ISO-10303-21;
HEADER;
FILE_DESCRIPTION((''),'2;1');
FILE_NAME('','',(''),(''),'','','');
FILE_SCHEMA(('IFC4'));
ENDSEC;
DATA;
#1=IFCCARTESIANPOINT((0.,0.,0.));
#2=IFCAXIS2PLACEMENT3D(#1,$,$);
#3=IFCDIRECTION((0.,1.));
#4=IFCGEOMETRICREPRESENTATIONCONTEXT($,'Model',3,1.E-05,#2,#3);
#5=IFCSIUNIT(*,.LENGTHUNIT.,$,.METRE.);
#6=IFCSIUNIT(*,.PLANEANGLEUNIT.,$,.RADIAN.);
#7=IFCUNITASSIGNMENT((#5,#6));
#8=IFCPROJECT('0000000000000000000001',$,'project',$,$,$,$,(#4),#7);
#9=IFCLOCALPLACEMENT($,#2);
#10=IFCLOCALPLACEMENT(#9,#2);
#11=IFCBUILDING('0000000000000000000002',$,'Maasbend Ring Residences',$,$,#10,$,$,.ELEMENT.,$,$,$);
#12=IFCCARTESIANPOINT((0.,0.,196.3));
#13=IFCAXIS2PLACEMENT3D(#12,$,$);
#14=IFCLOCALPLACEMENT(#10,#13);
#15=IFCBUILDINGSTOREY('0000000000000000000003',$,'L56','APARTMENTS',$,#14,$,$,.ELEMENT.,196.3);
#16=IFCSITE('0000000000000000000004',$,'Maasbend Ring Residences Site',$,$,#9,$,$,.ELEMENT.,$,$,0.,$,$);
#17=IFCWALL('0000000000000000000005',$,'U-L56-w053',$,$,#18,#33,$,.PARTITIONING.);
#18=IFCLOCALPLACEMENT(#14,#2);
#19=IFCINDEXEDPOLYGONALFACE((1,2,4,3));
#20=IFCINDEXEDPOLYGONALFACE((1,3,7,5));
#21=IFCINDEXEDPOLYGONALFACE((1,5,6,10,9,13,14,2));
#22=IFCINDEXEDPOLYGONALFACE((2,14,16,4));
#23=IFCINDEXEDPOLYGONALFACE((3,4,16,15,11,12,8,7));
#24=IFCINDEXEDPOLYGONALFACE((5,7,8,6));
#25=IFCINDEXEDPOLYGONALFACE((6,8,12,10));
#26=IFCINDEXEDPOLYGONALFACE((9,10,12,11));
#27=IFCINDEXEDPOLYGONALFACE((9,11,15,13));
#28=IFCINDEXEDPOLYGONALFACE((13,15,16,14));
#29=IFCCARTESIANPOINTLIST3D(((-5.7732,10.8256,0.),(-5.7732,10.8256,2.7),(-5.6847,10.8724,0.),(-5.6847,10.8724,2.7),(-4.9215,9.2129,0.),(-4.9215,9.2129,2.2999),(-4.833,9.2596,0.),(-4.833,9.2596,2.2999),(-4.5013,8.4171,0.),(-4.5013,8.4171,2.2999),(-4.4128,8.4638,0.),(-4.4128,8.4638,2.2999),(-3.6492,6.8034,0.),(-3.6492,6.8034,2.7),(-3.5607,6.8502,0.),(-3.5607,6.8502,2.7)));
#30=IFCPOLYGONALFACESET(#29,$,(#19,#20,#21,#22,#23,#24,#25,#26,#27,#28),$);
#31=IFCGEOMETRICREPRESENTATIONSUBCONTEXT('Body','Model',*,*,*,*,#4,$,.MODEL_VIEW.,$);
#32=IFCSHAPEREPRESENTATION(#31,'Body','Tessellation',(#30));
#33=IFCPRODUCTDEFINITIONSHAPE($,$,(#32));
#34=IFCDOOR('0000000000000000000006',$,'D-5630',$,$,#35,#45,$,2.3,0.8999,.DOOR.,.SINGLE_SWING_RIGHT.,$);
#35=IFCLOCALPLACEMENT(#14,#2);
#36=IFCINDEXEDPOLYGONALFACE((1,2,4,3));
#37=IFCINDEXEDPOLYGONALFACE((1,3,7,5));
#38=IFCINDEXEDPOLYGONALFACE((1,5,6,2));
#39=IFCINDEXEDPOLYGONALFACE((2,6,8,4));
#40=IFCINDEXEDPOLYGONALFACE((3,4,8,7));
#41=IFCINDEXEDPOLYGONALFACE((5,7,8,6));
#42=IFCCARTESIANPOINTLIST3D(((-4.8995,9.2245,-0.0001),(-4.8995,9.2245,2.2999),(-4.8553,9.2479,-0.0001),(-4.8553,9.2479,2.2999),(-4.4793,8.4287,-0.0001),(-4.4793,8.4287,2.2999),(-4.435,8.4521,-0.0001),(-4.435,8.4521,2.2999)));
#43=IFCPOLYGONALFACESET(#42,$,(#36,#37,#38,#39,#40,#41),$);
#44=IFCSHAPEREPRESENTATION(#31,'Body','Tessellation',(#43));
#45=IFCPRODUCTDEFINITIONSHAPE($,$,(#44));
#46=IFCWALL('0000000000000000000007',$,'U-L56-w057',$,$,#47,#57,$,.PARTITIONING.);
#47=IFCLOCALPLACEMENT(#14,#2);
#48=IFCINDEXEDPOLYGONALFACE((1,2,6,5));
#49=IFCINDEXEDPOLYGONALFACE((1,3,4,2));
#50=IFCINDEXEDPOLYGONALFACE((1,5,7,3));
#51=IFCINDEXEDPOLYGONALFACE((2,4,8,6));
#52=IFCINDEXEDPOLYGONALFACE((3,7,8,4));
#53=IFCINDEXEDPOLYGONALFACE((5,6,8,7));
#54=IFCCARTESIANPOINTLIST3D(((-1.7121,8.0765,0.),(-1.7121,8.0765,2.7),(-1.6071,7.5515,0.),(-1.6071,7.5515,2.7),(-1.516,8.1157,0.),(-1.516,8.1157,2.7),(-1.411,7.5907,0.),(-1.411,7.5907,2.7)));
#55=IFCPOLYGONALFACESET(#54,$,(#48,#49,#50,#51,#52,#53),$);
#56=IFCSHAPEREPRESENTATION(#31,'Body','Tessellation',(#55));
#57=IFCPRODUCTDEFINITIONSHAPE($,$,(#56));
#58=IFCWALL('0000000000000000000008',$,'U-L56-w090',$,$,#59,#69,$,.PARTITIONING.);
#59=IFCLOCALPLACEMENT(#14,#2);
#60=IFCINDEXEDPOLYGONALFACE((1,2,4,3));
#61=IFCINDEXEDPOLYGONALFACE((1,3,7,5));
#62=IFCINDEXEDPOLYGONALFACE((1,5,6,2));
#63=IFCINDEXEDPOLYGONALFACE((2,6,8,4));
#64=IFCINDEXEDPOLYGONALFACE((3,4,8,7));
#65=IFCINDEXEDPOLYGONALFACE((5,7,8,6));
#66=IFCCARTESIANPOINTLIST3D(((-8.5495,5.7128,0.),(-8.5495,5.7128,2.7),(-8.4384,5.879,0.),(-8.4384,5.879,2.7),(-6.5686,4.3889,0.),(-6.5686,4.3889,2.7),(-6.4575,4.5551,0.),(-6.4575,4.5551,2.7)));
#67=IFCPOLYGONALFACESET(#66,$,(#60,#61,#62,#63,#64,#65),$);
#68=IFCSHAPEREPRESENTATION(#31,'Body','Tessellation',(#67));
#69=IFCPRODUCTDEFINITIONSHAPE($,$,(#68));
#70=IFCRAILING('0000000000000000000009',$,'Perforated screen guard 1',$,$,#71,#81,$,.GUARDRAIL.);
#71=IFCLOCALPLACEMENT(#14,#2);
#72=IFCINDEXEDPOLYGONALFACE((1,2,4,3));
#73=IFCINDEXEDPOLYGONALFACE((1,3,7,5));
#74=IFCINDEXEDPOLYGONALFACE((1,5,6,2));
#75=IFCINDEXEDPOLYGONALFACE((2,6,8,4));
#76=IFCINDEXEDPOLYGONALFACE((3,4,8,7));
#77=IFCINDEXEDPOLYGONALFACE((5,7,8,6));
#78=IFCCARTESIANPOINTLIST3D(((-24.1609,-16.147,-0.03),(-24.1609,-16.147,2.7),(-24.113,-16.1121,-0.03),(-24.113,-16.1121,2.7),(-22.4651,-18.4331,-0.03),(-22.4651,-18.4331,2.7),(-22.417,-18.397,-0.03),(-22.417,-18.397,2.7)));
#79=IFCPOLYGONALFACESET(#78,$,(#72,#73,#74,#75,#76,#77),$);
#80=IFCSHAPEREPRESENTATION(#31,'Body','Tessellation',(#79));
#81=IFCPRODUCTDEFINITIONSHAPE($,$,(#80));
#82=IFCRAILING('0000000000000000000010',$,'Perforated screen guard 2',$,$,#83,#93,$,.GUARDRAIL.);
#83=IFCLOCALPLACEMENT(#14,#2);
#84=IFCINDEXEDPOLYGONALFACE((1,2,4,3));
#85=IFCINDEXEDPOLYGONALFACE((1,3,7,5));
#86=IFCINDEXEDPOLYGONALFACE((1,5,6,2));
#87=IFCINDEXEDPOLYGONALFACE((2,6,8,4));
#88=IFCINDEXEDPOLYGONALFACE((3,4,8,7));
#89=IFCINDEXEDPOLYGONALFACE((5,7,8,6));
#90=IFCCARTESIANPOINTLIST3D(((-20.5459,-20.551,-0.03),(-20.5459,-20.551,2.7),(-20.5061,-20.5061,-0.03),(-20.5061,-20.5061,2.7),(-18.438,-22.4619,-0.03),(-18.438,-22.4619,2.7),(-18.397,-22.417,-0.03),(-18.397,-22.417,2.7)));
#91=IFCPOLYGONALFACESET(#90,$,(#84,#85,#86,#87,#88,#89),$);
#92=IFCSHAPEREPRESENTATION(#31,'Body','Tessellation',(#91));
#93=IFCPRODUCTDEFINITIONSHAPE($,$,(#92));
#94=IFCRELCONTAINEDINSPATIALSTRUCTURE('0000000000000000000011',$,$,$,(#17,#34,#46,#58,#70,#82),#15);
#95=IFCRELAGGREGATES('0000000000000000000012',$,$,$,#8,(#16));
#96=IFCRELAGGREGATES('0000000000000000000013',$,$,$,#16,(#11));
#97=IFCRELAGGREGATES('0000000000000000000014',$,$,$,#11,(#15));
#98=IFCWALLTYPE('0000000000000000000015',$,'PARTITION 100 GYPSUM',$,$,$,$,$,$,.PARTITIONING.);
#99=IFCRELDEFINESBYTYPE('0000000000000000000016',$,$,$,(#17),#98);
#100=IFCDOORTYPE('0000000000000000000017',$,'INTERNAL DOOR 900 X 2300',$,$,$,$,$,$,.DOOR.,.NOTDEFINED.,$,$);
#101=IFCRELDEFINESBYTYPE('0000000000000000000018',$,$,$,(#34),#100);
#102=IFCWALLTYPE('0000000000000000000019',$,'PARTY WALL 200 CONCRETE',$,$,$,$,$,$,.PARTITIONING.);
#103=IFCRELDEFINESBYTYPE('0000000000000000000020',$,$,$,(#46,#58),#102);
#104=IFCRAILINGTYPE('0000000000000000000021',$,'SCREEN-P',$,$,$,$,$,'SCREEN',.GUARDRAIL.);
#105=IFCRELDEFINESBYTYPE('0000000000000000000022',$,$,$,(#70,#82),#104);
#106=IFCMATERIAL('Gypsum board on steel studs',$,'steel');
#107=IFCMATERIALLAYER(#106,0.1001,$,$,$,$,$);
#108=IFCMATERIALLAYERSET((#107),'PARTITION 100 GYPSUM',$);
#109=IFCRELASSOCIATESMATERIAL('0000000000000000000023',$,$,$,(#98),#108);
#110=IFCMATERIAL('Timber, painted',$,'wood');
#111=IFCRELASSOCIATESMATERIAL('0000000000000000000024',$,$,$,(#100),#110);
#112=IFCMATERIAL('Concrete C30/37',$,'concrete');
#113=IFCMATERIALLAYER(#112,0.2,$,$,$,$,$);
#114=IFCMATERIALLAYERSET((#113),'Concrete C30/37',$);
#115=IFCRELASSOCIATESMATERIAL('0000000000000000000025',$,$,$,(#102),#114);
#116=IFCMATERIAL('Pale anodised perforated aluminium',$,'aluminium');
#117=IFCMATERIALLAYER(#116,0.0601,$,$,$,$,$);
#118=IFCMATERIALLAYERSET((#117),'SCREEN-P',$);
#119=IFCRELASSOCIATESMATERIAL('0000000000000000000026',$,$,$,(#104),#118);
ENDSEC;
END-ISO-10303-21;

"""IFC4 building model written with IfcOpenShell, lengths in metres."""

from ifc_helpers import new_model, si_unit, direction, frame, frame_2d, origin, place, context, subcontext, project, spatial, polyline, rectangle, outline, extrude, material, layer, layer_set, type_object, element, fill, save


model = new_model("IFC4")

# Units and contexts
model_context = context("Model", 3, precision=1e-05, world=origin(), true_north=direction((0.0, 1.0)))
body_context = subcontext(model_context, "Body", "Model", "MODEL_VIEW")
ifc_project = project(units=[si_unit("LENGTHUNIT", "METRE"), si_unit("PLANEANGLEUNIT", "RADIAN")], contexts=[model_context])

# Site, building, storey
site_placement = place(None, origin())
site = spatial("IfcSite", under=ifc_project, at=site_placement, Name="Maasbend Ring Residences Site", CompositionType="ELEMENT", RefElevation=0.0)
building_placement = place(site_placement, origin())
building = spatial("IfcBuilding", under=site, at=building_placement, Name="Maasbend Ring Residences", CompositionType="ELEMENT")
storey_placement = place(building_placement, frame((0.0, 0.0, 196.3)))
storey = spatial("IfcBuildingStorey", under=building, at=storey_placement, Name="L56", Description="APARTMENTS", CompositionType="ELEMENT", Elevation=196.3)

# Wall, opening, door
ifc_material_1 = material(Name="Gypsum board on steel studs", Category="steel")
ifc_layer_1 = layer(ifc_material_1, 0.1001)
ifc_layer_set_1 = layer_set([ifc_layer_1], Name="PARTITION 100 GYPSUM")
wall_type_1 = type_object("IfcWallType", Name="PARTITION 100 GYPSUM", PredefinedType="PARTITIONING", material=ifc_layer_set_1)
wall_1_placement = place(storey_placement, frame((-5.729, 10.8491, 0.0), z_axis=(0.0, 0.0, 1.0), x_axis=(0.466963, -0.884277, 0.0)))
wall_1 = element("IfcWall", 1, at=wall_1_placement, inside=storey, type_object=wall_type_1, Name="U-L56-w053", PredefinedType="PARTITIONING", context=body_context, shape_type="SweptSolid", body=[
    extrude(rectangle(XDim=4.5486, YDim=0.1001, at=frame_2d((2.2744, 0.0))), origin(), (0.0, 0.0, 1.0), 2.7),
])
opening_placement = place(wall_1_placement, frame((1.824, 0.0, 0.0)))
opening = element("IfcOpeningElement", 2, at=opening_placement, cuts=wall_1, PredefinedType="OPENING", context=body_context, shape_type="SweptSolid", body=[
    extrude(rectangle(XDim=0.8999, YDim=2.3, at=frame_2d((0.45, 1.1499))), frame((0.0, 0.0601, 0.0), z_axis=(0.0, -1.0, 0.0), x_axis=(1.0, 0.0, 0.0)), (0.0, 0.0, 1.0), 0.1201),
])
ifc_material_2 = material(Name="Timber, painted", Category="wood")
door_type = type_object("IfcDoorType", Name="INTERNAL DOOR 900 X 2300", OperationType="NOTDEFINED", PredefinedType="DOOR", material=ifc_material_2)
door_placement = place(opening_placement, origin())
door = element("IfcDoor", 3, at=door_placement, inside=storey, type_object=door_type, Name="D-5630", OperationType="SINGLE_SWING_RIGHT", OverallHeight=2.3, OverallWidth=0.8999, PredefinedType="DOOR", context=body_context, shape_type="SweptSolid", body=[
    extrude(rectangle(XDim=0.8999, YDim=2.3, at=frame_2d((0.45, 1.1499))), frame((0.0, 0.0249, 0.0), z_axis=(0.0, -1.0, 0.0), x_axis=(1.0, 0.0, 0.0)), (0.0, 0.0, 1.0), 0.05),
])
fill(opening, door)

# Walls
ifc_material_3 = material(Name="Concrete C30/37", Category="concrete")
ifc_layer_2 = layer(ifc_material_3, 0.2)
ifc_layer_set_2 = layer_set([ifc_layer_2], Name="Concrete C30/37")
wall_type_2 = type_object("IfcWallType", Name="PARTY WALL 200 CONCRETE", PredefinedType="PARTITIONING", material=ifc_layer_set_2)
wall_2_placement = place(storey_placement, frame((-1.614, 8.0959, 0.0), z_axis=(0.0, 0.0, 1.0), x_axis=(0.196116, -0.980581, 0.0)))
element("IfcWall", 4, at=wall_2_placement, inside=storey, type_object=wall_type_2, Name="U-L56-w057", PredefinedType="PARTITIONING", context=body_context, shape_type="SweptSolid", body=[
    extrude(rectangle(XDim=0.5354, YDim=0.2, at=frame_2d((0.2676, 0.0))), origin(), (0.0, 0.0, 1.0), 2.7),
])
wall_3_placement = place(storey_placement, frame((-6.5129, 4.4719, 0.0), z_axis=(0.0, 0.0, 1.0), x_axis=(-0.831403, 0.555669, 0.0)))
element("IfcWall", 5, at=wall_3_placement, inside=storey, type_object=wall_type_2, Name="U-L56-w090", PredefinedType="PARTITIONING", context=body_context, shape_type="SweptSolid", body=[
    extrude(rectangle(XDim=2.3826, YDim=0.2, at=frame_2d((1.1914, 0.0))), origin(), (0.0, 0.0, 1.0), 2.7),
])

# Railings
ifc_material_4 = material(Name="Pale anodised perforated aluminium", Category="aluminium")
ifc_layer_3 = layer(ifc_material_4, 0.0601)
ifc_layer_set_3 = layer_set([ifc_layer_3], Name="SCREEN-P")
railing_type = type_object("IfcRailingType", Name="SCREEN-P", ElementType="SCREEN", PredefinedType="GUARDRAIL", material=ifc_layer_set_3)
railing_1_placement = place(storey_placement, frame((0.0, 0.0, -0.03)))
element("IfcRailing", 6, at=railing_1_placement, inside=storey, type_object=railing_type, Name="Perforated screen guard 1", PredefinedType="GUARDRAIL", context=body_context, shape_type="SweptSolid", body=[
    extrude(outline(polyline([(-24.113, -16.1121), (-22.417, -18.397), (-22.4651, -18.4331), (-24.1609, -16.147), (-24.113, -16.1121)])), origin(), (0.0, 0.0, 1.0), 2.73),
])
railing_2_placement = place(storey_placement, frame((0.0, 0.0, -0.03)))
element("IfcRailing", 7, at=railing_2_placement, inside=storey, type_object=railing_type, Name="Perforated screen guard 2", PredefinedType="GUARDRAIL", context=body_context, shape_type="SweptSolid", body=[
    extrude(outline(polyline([(-20.5061, -20.5061), (-18.397, -22.417), (-18.438, -22.4619), (-20.5459, -20.551), (-20.5061, -20.5061)])), origin(), (0.0, 0.0, 1.0), 2.73),
])

save(model, "model.ifc")
